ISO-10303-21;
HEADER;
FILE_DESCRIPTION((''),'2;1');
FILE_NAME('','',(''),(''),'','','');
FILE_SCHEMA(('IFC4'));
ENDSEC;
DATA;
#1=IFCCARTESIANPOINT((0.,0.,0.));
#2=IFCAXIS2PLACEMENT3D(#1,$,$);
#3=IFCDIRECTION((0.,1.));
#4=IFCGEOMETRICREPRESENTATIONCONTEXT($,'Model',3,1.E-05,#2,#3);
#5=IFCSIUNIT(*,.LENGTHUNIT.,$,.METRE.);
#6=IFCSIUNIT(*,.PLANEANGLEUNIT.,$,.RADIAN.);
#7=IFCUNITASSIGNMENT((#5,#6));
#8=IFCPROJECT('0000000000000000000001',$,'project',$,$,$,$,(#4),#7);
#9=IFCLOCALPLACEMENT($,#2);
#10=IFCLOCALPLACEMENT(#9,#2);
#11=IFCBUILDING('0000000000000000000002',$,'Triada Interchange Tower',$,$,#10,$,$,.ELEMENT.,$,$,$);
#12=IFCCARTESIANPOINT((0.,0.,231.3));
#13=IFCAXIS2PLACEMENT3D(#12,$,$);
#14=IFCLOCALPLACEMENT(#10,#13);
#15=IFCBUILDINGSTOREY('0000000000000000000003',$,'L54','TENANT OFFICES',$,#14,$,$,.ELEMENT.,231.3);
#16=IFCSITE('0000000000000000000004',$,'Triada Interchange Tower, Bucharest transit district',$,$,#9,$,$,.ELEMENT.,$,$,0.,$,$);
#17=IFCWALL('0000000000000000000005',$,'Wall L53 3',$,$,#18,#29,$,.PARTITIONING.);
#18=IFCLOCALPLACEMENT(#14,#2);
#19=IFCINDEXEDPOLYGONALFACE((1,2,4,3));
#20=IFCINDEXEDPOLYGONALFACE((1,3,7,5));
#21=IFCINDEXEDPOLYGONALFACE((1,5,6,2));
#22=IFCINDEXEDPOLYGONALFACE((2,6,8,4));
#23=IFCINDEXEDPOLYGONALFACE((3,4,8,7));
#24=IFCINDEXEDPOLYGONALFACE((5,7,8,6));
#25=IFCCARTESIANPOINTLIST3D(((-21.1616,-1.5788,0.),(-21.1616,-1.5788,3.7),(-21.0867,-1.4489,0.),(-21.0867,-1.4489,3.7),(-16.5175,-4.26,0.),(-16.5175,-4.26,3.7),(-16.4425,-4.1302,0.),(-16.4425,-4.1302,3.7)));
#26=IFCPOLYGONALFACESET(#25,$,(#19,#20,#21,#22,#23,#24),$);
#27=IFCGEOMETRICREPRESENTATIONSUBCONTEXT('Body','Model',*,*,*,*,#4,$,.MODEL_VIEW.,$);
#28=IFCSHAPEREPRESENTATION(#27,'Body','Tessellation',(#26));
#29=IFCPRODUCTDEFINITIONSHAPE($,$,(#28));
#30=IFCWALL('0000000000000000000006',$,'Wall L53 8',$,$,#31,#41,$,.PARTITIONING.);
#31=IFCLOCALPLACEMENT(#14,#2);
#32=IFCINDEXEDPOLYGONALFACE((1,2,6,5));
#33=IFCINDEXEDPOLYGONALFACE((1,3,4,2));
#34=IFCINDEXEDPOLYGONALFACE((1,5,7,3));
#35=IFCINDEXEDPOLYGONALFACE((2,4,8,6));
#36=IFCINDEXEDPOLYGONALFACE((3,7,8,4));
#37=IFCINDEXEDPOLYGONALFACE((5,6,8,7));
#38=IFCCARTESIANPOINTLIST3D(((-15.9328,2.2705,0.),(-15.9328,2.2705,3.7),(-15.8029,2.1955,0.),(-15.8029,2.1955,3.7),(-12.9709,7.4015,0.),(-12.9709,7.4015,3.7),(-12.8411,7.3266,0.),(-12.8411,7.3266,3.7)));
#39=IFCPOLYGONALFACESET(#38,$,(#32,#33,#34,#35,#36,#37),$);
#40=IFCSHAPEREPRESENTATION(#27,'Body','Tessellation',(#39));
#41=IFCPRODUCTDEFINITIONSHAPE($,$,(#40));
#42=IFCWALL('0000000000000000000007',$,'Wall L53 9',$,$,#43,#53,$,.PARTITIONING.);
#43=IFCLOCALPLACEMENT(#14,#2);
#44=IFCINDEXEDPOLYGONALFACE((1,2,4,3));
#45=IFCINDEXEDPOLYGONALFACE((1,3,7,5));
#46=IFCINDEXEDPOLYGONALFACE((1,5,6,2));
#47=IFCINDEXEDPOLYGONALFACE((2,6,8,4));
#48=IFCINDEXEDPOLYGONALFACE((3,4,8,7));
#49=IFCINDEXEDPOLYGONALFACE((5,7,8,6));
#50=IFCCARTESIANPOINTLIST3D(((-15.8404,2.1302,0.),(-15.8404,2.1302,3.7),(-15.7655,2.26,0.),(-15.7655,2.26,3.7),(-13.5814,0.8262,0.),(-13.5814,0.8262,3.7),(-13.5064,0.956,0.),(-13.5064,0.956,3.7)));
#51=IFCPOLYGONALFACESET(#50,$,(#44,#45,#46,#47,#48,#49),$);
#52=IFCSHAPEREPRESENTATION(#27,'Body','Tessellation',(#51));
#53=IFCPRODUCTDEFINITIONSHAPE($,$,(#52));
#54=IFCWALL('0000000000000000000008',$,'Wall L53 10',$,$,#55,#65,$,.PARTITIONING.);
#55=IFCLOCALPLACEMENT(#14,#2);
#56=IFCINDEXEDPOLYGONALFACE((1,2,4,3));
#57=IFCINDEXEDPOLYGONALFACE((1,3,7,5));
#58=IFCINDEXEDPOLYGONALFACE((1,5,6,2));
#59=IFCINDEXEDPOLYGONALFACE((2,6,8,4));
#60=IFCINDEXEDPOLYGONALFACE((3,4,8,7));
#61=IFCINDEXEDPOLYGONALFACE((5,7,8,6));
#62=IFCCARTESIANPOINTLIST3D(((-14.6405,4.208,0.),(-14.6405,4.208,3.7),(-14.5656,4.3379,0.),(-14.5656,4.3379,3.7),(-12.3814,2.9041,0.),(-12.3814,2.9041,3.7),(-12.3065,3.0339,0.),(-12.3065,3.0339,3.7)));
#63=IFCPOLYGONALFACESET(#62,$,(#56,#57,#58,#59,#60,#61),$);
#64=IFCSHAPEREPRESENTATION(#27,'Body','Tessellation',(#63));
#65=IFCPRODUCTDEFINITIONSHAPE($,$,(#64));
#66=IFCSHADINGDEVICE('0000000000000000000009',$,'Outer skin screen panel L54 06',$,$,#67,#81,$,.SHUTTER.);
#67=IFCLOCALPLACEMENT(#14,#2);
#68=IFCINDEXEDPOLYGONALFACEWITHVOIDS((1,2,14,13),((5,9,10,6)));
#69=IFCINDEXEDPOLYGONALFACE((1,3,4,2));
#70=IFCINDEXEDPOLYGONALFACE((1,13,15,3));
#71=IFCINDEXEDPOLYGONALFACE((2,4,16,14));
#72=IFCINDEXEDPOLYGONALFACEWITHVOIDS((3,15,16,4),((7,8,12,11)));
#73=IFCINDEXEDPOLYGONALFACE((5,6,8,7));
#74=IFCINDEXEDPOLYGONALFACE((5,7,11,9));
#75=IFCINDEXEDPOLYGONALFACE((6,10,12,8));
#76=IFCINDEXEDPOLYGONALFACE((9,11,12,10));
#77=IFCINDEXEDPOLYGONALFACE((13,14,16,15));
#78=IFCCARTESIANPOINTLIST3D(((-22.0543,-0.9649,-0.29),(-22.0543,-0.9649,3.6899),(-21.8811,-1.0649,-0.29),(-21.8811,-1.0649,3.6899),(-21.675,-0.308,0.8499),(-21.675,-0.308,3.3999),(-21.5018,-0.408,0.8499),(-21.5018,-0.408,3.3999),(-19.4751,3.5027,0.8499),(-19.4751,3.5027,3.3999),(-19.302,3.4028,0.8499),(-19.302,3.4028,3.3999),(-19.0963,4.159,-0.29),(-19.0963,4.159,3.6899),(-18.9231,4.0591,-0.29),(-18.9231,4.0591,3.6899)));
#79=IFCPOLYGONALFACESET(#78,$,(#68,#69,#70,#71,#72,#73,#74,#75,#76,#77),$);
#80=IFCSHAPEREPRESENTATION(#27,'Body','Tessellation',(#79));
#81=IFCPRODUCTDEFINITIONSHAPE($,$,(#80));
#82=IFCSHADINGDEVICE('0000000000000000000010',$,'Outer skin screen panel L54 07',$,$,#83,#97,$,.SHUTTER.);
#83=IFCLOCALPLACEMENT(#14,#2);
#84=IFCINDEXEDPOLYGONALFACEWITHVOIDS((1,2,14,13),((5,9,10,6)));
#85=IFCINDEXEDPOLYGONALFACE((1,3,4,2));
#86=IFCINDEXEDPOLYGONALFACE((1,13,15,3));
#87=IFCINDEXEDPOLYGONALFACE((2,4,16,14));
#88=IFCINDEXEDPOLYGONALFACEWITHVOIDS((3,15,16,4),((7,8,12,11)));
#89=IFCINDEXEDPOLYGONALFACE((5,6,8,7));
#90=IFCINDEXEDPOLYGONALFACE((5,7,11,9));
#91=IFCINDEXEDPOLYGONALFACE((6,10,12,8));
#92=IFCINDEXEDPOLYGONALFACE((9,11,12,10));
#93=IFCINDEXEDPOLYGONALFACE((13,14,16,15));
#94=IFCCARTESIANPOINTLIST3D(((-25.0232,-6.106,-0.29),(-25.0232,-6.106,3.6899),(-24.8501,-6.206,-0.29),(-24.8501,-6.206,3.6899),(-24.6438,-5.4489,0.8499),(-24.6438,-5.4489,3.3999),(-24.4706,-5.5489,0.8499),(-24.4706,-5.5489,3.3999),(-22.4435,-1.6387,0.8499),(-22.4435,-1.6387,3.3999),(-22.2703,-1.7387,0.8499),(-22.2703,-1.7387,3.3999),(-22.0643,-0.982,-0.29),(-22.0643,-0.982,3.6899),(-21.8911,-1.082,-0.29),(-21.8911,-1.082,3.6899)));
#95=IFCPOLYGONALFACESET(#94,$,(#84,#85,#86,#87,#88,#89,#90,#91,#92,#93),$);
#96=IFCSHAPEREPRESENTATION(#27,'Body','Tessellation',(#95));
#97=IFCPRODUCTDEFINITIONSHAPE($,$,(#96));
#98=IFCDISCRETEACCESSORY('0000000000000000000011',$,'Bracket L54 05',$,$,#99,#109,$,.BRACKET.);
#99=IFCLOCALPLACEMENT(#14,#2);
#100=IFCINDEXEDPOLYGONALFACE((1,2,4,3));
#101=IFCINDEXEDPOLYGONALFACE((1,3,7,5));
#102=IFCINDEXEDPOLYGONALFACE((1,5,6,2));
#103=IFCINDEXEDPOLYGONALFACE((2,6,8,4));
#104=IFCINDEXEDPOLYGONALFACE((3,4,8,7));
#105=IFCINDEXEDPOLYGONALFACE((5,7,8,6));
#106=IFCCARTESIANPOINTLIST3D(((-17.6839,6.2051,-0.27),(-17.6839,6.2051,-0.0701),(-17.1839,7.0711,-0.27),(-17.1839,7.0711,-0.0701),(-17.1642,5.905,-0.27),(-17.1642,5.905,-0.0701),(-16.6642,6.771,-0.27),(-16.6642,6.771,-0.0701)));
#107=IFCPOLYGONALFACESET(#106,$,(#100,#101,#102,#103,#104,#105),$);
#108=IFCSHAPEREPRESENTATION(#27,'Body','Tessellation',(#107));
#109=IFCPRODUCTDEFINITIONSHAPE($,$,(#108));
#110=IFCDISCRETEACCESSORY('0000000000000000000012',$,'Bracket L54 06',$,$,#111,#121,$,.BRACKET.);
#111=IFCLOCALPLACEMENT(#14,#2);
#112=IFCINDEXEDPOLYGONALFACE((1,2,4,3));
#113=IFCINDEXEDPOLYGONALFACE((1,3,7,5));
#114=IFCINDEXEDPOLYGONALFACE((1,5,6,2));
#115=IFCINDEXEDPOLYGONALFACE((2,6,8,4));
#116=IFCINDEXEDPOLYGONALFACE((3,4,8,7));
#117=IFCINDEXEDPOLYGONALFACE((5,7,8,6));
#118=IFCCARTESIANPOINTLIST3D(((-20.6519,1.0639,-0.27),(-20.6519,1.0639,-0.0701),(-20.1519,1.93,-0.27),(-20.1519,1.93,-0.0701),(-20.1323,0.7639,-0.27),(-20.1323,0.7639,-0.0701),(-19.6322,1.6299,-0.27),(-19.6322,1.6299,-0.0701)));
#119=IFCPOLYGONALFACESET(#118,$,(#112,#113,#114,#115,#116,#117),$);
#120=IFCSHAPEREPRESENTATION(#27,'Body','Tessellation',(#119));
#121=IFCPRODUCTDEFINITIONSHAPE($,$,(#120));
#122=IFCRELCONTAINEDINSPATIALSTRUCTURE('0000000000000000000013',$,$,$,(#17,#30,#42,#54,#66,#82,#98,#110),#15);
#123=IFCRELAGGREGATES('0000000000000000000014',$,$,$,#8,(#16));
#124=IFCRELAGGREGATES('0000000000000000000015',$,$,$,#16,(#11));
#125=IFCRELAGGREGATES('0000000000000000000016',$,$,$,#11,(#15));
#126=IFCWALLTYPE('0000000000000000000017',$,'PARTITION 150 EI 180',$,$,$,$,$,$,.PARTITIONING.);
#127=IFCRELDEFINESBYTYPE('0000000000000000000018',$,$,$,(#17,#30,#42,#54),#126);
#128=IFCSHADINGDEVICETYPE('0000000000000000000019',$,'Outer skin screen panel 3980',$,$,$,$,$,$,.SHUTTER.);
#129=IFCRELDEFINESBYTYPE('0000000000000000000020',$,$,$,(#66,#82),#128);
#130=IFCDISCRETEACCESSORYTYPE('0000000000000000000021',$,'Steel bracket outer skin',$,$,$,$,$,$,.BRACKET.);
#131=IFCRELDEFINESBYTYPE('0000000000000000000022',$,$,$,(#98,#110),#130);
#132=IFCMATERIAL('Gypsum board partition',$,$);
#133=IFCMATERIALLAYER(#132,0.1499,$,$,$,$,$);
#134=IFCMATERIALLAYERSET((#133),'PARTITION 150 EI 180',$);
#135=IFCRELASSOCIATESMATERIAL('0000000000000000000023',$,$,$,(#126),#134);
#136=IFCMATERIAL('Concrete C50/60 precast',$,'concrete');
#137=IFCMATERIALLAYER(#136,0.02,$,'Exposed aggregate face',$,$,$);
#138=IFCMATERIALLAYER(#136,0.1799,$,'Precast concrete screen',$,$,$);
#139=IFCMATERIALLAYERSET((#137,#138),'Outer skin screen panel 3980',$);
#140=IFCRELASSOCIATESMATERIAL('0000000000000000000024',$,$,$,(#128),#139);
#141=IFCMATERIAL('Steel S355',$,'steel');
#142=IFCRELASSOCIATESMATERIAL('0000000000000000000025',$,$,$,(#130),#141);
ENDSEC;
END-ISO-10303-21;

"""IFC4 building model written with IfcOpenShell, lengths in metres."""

from ifc_helpers import new_model, si_unit, direction, frame, frame_2d, origin, origin_2d, place, context, subcontext, project, spatial, polyline, rectangle, outline, extrude, material, layer, layer_set, type_object, element, save


model = new_model("IFC4")

# Units and contexts
model_context = context("Model", 3, precision=1e-05, world=origin(), true_north=direction((0.0, 1.0)))
body_context = subcontext(model_context, "Body", "Model", "MODEL_VIEW")
ifc_project = project(units=[si_unit("LENGTHUNIT", "METRE"), si_unit("PLANEANGLEUNIT", "RADIAN")], contexts=[model_context])

# Site, building, storey
site_placement = place(None, origin())
site = spatial("IfcSite", under=ifc_project, at=site_placement, Name="Triada Interchange Tower, Bucharest transit district", CompositionType="ELEMENT", RefElevation=0.0)
building_placement = place(site_placement, origin())
building = spatial("IfcBuilding", under=site, at=building_placement, Name="Triada Interchange Tower", CompositionType="ELEMENT")
storey_placement = place(building_placement, frame((0.0, 0.0, 231.3)))
storey = spatial("IfcBuildingStorey", under=building, at=storey_placement, Name="L54", Description="TENANT OFFICES", CompositionType="ELEMENT", Elevation=231.3)

# Walls
ifc_material_1 = material(Name="Gypsum board partition")
ifc_layer_1 = layer(ifc_material_1, 0.1499)
ifc_layer_set_1 = layer_set([ifc_layer_1], Name="PARTITION 150 EI 180")
wall_type_1 = type_object("IfcWallType", Name="PARTITION 150 EI 180", PredefinedType="PARTITIONING", material=ifc_layer_set_1)
wall_1_placement = place(storey_placement, frame((-21.124, -1.5139, 0.0), z_axis=(0.0, 0.0, 1.0), x_axis=(0.866032, -0.499988, 0.0)))
element("IfcWall", 1, at=wall_1_placement, inside=storey, type_object=wall_type_1, Name="Wall L53 3", PredefinedType="PARTITIONING", context=body_context, shape_type="SweptSolid", body=[
    extrude(rectangle(XDim=5.3625, YDim=0.1499, at=frame_2d((2.6812, 0.0))), origin(), (0.0, 0.0, 1.0), 3.7),
])
wall_2_placement = place(storey_placement, frame((-15.8679, 2.2329, 0.0), z_axis=(0.0, 0.0, 1.0), x_axis=(0.499933, 0.866064, 0.0)))
element("IfcWall", 2, at=wall_2_placement, inside=storey, type_object=wall_type_1, Name="Wall L53 8", PredefinedType="PARTITIONING", context=body_context, shape_type="SweptSolid", body=[
    extrude(rectangle(XDim=5.9246, YDim=0.1499, at=frame_2d((2.9624, 0.0))), origin(), (0.0, 0.0, 1.0), 3.7),
])
for number, where, z_axis, x_axis, name in (
    (3, (-15.803, 2.1951, 0.0), (0.0, 0.0, 1.0), (0.866075, -0.499914, 0.0), "Wall L53 9"),
    (4, (-14.603, 4.2729, 0.0), (0.0, 0.0, 1.0), (0.866075, -0.499914, 0.0), "Wall L53 10"),
):
    element("IfcWall", number, at=place(storey_placement, frame(where, z_axis=z_axis, x_axis=x_axis)), inside=storey, type_object=wall_type_1, Name=name, PredefinedType="PARTITIONING", context=body_context, shape_type="SweptSolid", body=[
        extrude(rectangle(XDim=2.6084, YDim=0.1499, at=frame_2d((1.3042, 0.0))), origin(), (0.0, 0.0, 1.0), 3.7),
    ])

# Shading devices
ifc_material_2 = material(Name="Concrete C50/60 precast", Category="concrete")
ifc_layer_2 = layer(ifc_material_2, 0.02, Name="Exposed aggregate face")
ifc_layer_3 = layer(ifc_material_2, 0.1799, Name="Precast concrete screen")
ifc_layer_set_2 = layer_set([ifc_layer_2, ifc_layer_3], Name="Outer skin screen panel 3980")
shading_device_type = type_object("IfcShadingDeviceType", Name="Outer skin screen panel 3980", PredefinedType="SHUTTER", material=ifc_layer_set_2)
shading_device_1_placement = place(storey_placement, frame((-18.9231, 4.0591, -0.29), z_axis=(0.0, 0.0, 1.0), x_axis=(-0.499956, -0.866051, 0.0)))
element("IfcShadingDevice", 5, at=shading_device_1_placement, inside=storey, type_object=shading_device_type, Name="Outer skin screen panel L54 06", PredefinedType="SHUTTER", context=body_context, shape_type="SweptSolid", body=[
    extrude(outline(polyline([(0.0, 0.0), (5.9165, 0.0), (5.9165, 3.98), (0.0, 3.98), (0.0, 0.0)]), holes=[polyline([(0.7578, 1.1399), (0.7578, 3.6899), (5.158, 3.6899), (5.158, 1.1399), (0.7578, 1.1399)])]), frame((0.0, 0.0, 0.0), z_axis=(0.0, -1.0, 0.0), x_axis=(1.0, 0.0, 0.0)), (0.0, 0.0, 1.0), 0.2),
])
shading_device_2_placement = place(storey_placement, frame((-21.8911, -1.082, -0.29), z_axis=(0.0, 0.0, 1.0), x_axis=(-0.50008, -0.865979, 0.0)))
element("IfcShadingDevice", 6, at=shading_device_2_placement, inside=storey, type_object=shading_device_type, Name="Outer skin screen panel L54 07", PredefinedType="SHUTTER", context=body_context, shape_type="SweptSolid", body=[
    extrude(outline(polyline([(0.0, 0.0), (5.917, 0.0), (5.917, 3.98), (0.0, 3.98), (0.0, 0.0)]), holes=[polyline([(0.7583, 1.1399), (0.7583, 3.6899), (5.1582, 3.6899), (5.1582, 1.1399), (0.7583, 1.1399)])]), frame((0.0, 0.0, 0.0), z_axis=(0.0, -1.0, 0.0), x_axis=(1.0, 0.0, 0.0)), (0.0, 0.0, 1.0), 0.2),
])

# Discrete accessories
ifc_material_3 = material(Name="Steel S355", Category="steel")
discrete_accessory_type = type_object("IfcDiscreteAccessoryType", Name="Steel bracket outer skin", PredefinedType="BRACKET", material=ifc_material_3)
for number, where, z_axis, x_axis, name in (
    (7, (-17.1741, 6.488, -0.27), (0.0, 0.0, 1.0), (-0.866014, 0.500019, 0.0), "Bracket L54 05"),
    (8, (-20.1421, 1.3469, -0.27), (0.0, 0.0, 1.0), (-0.866014, 0.500019, 0.0), "Bracket L54 06"),
):
    element("IfcDiscreteAccessory", number, at=place(storey_placement, frame(where, z_axis=z_axis, x_axis=x_axis)), inside=storey, type_object=discrete_accessory_type, Name=name, PredefinedType="BRACKET", context=body_context, shape_type="SweptSolid", body=[
        extrude(rectangle(XDim=0.6001, YDim=1.0, at=origin_2d()), origin(), (0.0, 0.0, 1.0), 0.2),
    ])

save(model, "model.ifc")
